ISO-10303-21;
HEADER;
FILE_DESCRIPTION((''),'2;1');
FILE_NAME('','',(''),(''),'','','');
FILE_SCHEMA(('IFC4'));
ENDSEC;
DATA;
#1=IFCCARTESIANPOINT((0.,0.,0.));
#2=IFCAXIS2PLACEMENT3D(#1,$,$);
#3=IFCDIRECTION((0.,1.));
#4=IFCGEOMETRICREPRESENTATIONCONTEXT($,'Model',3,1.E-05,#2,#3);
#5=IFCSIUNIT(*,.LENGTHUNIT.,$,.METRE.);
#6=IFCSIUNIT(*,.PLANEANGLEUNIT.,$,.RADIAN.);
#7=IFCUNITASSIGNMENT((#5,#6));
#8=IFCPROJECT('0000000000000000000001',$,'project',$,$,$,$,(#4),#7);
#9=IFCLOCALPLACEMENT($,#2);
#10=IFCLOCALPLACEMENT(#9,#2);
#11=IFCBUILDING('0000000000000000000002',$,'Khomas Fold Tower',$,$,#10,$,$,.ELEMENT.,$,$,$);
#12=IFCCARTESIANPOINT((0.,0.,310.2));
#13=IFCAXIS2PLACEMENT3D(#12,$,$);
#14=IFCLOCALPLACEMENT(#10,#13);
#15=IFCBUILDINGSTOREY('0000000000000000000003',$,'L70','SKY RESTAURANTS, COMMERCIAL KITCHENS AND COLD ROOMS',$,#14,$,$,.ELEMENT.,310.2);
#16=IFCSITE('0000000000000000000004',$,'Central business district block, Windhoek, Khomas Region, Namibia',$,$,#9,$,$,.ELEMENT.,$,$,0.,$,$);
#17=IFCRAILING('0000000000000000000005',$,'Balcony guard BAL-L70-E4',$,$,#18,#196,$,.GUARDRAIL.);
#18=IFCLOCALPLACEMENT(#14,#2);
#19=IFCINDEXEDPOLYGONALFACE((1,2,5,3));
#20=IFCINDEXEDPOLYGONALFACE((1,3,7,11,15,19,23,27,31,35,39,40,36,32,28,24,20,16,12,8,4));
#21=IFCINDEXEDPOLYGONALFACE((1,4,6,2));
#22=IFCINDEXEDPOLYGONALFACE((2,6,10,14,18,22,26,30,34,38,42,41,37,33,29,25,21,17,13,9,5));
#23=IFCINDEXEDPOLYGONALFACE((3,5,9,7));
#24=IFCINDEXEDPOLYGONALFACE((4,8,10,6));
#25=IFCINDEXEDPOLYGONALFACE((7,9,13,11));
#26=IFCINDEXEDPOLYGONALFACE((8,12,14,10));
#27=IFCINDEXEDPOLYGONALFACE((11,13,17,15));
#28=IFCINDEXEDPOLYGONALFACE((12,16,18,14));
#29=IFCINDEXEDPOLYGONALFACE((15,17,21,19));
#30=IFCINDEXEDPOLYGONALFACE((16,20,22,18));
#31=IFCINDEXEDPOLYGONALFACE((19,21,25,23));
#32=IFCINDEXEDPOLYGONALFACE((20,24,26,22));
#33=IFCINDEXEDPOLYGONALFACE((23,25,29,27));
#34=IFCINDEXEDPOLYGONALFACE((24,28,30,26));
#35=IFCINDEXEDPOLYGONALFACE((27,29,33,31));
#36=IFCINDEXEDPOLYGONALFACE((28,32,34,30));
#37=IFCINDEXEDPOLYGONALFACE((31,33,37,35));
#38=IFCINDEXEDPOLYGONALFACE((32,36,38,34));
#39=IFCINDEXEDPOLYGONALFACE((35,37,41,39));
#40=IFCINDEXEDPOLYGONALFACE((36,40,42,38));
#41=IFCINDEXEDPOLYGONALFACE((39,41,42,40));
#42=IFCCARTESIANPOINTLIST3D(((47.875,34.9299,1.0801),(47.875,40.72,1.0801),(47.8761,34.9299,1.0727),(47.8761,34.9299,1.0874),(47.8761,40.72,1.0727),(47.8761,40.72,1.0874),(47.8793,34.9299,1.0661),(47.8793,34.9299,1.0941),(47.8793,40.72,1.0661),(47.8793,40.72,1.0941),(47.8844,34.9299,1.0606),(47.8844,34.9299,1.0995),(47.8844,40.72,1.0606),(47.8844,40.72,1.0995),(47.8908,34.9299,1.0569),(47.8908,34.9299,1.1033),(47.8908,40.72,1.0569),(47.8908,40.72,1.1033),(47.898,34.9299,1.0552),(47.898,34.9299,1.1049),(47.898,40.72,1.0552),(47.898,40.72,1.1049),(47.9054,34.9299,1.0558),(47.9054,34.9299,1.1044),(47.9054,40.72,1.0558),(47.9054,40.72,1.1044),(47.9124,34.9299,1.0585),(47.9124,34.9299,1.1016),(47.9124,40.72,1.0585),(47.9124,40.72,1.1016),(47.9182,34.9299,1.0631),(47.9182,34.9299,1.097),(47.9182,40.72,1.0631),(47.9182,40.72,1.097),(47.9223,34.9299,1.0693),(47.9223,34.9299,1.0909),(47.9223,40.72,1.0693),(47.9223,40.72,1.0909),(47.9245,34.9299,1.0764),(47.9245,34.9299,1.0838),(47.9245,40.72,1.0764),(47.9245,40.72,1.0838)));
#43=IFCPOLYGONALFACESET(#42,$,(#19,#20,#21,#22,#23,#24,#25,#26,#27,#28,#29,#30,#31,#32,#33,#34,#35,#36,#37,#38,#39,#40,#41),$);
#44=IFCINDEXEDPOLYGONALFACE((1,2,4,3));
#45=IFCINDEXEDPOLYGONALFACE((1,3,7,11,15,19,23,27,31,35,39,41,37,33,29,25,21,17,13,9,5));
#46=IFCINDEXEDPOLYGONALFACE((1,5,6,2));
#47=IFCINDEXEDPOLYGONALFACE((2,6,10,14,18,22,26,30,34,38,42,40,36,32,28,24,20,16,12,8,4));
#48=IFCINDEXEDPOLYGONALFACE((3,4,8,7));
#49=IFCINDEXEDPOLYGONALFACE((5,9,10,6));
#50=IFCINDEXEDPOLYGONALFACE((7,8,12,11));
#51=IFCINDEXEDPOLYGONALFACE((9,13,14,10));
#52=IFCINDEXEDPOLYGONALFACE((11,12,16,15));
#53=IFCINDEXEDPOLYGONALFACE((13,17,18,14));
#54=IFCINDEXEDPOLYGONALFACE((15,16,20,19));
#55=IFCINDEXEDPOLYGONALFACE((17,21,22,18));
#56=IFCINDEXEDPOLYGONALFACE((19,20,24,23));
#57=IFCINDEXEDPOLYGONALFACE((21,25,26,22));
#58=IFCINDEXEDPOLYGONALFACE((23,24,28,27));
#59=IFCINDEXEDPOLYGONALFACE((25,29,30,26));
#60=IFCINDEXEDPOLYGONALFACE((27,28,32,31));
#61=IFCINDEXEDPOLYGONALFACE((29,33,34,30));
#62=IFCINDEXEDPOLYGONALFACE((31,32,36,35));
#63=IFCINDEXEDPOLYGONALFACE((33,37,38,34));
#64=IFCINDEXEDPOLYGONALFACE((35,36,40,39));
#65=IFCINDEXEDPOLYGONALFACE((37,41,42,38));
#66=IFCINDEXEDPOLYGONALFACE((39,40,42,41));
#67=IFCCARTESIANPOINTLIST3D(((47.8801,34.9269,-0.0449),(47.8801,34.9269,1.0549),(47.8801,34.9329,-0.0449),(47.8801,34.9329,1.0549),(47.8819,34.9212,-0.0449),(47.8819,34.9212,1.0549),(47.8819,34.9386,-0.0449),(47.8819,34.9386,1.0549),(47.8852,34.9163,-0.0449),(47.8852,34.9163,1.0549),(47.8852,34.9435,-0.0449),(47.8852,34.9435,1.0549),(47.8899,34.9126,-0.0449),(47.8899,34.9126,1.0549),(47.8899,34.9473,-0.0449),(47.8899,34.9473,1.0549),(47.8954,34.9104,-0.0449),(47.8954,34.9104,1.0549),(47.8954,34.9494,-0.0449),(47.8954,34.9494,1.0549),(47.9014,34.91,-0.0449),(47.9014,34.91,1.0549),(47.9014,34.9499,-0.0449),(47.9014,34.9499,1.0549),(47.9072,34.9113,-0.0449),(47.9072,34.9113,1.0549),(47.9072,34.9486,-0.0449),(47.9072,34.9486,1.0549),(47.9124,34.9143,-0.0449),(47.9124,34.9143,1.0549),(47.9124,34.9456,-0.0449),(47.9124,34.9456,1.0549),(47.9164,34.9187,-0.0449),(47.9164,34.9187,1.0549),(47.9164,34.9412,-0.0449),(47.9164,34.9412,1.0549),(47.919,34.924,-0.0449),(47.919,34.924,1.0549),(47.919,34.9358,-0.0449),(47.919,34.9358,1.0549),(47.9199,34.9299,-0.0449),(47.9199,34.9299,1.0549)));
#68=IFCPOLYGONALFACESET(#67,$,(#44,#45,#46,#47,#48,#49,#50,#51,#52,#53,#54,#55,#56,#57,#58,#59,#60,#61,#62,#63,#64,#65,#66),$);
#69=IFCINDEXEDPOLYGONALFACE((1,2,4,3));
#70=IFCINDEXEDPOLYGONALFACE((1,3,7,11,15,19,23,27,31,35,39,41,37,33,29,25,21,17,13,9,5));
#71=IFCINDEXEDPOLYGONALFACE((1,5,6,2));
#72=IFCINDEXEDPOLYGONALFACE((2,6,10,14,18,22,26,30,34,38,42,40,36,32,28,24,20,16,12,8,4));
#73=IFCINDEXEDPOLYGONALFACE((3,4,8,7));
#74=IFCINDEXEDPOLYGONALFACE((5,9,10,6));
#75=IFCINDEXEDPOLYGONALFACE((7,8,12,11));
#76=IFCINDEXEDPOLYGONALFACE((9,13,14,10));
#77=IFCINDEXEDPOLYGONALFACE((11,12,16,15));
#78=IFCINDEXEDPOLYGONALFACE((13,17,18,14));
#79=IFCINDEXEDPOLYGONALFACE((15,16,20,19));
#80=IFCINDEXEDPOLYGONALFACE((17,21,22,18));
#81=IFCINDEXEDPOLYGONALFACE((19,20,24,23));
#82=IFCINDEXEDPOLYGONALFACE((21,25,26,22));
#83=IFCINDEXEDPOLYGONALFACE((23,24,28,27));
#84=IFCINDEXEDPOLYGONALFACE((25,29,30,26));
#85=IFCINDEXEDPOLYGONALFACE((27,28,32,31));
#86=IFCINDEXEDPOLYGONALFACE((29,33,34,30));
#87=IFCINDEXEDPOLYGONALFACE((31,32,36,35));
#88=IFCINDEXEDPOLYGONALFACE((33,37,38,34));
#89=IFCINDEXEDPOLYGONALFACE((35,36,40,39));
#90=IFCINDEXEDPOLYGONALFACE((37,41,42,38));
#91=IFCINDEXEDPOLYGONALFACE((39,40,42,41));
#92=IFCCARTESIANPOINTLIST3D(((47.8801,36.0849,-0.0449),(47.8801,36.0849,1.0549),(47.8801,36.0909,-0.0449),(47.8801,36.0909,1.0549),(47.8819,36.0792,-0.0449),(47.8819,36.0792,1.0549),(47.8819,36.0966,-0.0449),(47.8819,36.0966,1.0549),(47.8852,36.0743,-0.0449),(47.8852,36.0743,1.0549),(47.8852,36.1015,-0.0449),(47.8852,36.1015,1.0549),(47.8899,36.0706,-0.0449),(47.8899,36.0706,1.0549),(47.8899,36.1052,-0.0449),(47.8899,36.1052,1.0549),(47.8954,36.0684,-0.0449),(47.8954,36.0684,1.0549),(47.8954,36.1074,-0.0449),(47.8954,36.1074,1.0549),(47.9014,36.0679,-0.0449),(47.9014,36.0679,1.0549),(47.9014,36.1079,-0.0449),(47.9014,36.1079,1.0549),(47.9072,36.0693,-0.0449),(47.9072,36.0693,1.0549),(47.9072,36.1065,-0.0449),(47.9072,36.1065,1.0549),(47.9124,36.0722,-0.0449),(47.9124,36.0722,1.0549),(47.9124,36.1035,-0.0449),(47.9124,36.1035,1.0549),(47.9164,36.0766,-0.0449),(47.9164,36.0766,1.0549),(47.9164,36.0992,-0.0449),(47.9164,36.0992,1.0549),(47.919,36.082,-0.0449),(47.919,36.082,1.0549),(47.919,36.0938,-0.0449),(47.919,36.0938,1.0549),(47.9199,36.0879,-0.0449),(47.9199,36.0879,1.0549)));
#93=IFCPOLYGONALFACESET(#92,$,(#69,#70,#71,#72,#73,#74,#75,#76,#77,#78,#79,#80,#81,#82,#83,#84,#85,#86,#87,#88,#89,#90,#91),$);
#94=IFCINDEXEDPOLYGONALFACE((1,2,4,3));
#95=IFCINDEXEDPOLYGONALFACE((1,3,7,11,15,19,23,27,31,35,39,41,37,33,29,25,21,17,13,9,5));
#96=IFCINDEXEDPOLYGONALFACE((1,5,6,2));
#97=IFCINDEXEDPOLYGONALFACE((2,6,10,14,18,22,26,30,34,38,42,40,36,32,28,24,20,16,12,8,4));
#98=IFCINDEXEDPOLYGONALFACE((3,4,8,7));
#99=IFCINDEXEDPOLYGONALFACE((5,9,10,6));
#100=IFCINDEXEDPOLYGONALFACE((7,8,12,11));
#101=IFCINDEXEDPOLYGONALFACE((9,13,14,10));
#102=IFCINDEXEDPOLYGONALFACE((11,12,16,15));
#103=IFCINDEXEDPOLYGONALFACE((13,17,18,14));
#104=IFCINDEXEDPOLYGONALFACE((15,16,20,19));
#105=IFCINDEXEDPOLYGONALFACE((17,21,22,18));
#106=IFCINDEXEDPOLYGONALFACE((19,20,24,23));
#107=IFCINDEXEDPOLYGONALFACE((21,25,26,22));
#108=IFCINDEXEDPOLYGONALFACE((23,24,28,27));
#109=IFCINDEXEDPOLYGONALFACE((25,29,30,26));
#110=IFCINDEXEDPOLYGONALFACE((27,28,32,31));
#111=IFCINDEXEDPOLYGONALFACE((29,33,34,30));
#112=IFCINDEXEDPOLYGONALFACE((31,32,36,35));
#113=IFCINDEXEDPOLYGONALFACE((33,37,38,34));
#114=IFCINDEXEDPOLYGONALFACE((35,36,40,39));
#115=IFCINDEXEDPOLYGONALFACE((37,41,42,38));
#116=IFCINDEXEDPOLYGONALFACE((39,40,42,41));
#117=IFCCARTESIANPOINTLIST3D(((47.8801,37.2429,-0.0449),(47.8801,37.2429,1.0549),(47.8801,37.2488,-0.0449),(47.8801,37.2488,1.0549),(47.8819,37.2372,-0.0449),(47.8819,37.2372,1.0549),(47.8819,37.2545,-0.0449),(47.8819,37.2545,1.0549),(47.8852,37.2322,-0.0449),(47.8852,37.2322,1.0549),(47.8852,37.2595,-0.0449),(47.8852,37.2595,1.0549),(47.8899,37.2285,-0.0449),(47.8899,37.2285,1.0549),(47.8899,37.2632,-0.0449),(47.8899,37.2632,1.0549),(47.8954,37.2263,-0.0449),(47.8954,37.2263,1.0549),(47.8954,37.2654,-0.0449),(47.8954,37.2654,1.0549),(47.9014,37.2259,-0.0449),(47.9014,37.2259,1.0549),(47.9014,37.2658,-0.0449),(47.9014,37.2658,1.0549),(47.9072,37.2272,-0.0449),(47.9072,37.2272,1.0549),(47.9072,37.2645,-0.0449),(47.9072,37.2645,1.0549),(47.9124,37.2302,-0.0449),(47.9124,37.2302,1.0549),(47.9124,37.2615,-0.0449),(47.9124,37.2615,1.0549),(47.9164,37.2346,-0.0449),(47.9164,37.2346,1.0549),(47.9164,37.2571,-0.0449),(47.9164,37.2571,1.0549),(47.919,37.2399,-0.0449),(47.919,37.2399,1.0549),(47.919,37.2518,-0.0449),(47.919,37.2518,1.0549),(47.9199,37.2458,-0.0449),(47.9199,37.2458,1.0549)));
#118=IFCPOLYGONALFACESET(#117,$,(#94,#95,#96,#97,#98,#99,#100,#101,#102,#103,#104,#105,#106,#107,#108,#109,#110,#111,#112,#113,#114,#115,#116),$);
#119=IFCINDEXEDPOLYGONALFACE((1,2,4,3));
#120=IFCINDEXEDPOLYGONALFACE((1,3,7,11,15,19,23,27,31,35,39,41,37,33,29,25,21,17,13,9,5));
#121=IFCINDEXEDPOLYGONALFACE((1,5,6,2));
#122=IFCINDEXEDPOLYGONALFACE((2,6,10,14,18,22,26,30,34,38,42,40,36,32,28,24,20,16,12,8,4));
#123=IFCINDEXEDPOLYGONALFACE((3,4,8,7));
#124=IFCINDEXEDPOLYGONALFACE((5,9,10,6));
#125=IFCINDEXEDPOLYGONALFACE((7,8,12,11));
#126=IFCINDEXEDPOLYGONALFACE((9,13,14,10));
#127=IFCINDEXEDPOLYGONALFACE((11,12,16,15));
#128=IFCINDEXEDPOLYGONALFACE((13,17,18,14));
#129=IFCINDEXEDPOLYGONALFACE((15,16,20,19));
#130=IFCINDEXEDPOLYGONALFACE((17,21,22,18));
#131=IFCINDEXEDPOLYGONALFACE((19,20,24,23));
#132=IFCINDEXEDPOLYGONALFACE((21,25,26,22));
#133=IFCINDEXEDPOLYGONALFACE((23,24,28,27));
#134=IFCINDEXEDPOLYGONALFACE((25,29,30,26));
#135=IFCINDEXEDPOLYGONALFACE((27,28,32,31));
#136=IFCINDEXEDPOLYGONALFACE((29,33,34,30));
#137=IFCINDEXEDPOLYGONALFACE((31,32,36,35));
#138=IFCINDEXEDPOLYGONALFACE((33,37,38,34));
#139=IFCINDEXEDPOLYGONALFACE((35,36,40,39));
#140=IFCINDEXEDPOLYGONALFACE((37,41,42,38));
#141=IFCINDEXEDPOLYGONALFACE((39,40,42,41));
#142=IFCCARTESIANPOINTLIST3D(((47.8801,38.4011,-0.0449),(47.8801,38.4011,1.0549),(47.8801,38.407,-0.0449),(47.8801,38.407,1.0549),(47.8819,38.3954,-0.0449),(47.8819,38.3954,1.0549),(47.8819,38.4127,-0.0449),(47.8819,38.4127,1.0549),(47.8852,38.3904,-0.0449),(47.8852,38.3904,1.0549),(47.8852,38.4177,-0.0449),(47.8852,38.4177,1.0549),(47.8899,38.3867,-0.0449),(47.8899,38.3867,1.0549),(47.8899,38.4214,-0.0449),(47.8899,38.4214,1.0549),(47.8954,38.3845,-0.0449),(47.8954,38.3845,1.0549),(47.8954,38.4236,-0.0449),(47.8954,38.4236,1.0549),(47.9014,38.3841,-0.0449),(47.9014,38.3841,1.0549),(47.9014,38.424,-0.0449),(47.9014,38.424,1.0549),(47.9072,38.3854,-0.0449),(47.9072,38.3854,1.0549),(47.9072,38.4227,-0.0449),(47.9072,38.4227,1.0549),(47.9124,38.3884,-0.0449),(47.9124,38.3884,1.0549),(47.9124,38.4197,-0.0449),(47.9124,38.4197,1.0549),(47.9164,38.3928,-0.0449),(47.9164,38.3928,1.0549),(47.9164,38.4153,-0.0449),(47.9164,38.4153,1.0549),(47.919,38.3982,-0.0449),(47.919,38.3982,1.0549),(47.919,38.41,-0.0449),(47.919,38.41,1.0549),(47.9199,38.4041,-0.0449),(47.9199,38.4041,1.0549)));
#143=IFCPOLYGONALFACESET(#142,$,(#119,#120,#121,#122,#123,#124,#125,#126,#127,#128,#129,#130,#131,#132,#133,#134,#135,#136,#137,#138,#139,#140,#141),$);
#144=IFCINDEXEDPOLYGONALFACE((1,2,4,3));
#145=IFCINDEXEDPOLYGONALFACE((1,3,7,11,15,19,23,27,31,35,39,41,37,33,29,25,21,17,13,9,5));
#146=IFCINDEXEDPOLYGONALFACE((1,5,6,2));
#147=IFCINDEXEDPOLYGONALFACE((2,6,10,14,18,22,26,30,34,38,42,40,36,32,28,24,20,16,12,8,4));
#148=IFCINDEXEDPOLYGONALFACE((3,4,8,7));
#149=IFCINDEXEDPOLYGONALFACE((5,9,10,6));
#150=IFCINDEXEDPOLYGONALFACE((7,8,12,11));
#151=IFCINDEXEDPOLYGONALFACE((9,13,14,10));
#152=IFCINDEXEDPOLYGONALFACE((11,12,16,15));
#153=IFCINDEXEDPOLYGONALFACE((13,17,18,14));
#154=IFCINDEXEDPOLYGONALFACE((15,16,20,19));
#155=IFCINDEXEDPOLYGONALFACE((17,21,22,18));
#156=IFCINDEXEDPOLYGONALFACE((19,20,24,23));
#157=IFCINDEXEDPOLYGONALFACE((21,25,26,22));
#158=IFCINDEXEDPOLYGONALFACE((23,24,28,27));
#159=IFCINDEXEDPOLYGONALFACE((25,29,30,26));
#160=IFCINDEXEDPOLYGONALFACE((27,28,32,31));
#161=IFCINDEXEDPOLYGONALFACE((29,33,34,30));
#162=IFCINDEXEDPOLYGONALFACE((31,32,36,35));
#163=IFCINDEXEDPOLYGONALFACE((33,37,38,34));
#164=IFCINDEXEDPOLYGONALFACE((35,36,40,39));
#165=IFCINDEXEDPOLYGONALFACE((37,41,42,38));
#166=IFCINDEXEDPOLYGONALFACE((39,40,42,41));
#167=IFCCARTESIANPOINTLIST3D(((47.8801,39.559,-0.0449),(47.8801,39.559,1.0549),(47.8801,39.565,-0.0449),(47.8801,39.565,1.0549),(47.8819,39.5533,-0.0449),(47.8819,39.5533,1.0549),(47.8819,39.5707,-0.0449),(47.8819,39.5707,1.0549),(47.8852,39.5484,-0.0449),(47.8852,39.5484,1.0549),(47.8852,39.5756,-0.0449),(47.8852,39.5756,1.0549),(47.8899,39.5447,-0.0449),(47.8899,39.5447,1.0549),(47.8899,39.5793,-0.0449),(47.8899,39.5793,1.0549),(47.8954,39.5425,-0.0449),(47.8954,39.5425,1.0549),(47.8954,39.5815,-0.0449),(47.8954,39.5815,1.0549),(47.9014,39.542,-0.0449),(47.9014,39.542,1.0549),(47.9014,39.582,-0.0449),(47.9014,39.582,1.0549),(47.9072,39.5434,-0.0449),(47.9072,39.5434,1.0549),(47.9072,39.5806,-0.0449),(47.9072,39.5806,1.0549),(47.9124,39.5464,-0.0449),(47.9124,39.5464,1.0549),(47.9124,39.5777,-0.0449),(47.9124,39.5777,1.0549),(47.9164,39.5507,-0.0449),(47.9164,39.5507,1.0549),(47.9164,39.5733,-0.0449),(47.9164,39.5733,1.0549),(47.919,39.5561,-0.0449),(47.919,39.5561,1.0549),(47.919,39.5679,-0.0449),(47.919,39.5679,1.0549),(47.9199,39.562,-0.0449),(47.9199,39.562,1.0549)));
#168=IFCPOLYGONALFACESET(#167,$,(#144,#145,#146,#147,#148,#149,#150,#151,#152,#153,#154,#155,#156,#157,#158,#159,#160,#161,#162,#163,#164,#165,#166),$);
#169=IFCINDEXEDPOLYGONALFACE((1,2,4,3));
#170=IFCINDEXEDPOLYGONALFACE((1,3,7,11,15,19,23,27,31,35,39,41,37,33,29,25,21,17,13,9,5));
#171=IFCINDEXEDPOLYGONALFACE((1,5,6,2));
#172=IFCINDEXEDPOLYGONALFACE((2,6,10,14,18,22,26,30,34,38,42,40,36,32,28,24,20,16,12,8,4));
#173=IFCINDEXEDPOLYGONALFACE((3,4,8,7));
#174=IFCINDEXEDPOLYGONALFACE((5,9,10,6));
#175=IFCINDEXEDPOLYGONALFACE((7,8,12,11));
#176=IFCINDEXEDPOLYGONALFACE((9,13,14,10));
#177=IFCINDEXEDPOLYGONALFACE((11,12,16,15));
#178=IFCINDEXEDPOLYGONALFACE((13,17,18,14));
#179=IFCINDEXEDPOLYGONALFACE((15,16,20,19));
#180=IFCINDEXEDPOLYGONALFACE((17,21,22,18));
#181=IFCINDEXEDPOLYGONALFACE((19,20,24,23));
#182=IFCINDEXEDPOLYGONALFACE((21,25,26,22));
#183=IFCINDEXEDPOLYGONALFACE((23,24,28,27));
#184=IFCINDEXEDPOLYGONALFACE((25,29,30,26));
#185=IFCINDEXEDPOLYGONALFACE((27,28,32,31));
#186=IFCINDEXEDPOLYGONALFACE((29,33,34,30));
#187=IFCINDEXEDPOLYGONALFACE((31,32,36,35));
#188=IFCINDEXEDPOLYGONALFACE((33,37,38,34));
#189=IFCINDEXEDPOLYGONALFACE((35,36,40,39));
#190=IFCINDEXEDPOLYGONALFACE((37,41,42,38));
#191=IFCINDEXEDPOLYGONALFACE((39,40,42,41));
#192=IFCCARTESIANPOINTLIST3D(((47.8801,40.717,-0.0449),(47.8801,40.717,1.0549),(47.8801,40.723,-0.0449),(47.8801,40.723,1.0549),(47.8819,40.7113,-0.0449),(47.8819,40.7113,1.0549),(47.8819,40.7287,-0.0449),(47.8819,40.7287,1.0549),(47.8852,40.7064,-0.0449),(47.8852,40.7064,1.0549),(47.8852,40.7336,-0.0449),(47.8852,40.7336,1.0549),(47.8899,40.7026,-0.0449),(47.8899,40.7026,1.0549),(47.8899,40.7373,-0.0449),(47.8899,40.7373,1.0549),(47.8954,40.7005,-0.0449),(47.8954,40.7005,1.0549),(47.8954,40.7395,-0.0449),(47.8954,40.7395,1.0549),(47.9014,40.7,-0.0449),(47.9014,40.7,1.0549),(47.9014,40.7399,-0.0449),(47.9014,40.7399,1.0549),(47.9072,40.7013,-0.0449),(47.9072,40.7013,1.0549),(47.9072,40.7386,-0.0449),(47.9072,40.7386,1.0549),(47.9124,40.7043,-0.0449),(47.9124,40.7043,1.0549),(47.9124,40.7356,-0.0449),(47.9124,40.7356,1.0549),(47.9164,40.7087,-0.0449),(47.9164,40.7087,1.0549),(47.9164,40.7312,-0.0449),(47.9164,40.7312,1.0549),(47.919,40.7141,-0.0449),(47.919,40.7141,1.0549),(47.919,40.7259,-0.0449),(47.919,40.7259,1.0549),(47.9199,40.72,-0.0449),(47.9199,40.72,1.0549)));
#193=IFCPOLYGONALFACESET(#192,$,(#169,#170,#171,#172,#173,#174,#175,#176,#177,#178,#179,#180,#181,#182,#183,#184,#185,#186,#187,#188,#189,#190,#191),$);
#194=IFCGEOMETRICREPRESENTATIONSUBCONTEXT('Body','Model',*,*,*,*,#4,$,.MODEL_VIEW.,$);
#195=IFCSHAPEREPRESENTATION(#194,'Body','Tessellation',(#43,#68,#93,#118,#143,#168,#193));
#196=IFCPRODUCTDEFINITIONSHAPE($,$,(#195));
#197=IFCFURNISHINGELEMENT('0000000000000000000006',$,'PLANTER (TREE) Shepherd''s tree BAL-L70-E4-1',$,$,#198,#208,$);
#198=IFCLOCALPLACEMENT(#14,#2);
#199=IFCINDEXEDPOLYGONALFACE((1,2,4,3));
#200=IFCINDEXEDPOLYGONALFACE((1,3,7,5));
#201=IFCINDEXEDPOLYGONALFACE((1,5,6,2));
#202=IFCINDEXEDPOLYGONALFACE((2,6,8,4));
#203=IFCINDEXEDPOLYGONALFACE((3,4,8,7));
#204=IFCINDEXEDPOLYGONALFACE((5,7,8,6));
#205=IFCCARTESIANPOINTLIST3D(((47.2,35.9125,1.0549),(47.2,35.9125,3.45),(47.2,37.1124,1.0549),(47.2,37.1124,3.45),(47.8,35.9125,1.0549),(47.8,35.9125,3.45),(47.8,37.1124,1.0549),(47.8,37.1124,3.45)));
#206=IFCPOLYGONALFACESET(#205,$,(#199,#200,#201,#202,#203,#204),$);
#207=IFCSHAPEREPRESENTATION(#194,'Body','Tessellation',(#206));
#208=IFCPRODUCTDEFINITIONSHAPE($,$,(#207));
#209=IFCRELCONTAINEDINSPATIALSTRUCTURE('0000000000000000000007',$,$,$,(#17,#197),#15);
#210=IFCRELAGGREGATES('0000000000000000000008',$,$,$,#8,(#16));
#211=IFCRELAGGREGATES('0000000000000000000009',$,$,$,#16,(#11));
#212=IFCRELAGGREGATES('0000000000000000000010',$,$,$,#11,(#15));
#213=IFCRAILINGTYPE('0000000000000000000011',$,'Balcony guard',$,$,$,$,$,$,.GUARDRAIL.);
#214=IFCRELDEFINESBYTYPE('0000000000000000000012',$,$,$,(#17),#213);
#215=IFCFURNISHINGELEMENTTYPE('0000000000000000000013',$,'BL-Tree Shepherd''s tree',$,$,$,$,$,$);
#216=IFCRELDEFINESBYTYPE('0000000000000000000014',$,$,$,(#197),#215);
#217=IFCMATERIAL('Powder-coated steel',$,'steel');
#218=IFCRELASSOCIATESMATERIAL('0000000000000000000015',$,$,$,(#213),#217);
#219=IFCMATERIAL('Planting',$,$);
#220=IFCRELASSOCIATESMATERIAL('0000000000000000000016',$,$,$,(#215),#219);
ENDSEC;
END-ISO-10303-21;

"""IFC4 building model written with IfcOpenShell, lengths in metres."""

from ifc_helpers import new_model, si_unit, direction, frame, origin, origin_2d, place, context, subcontext, project, spatial, rectangle, circle, extrude, source, transform, mapped, material, type_object, element, save


model = new_model("IFC4")

# Units and contexts
model_context = context("Model", 3, precision=1e-05, world=origin(), true_north=direction((0.0, 1.0)))
body_context = subcontext(model_context, "Body", "Model", "MODEL_VIEW")
ifc_project = project(units=[si_unit("LENGTHUNIT", "METRE"), si_unit("PLANEANGLEUNIT", "RADIAN")], contexts=[model_context])

# Site, building, storey
site_placement = place(None, origin())
site = spatial("IfcSite", under=ifc_project, at=site_placement, Name="Central business district block, Windhoek, Khomas Region, Namibia", CompositionType="ELEMENT", RefElevation=0.0)
building_placement = place(site_placement, origin())
building = spatial("IfcBuilding", under=site, at=building_placement, Name="Khomas Fold Tower", CompositionType="ELEMENT")
storey_placement = place(building_placement, frame((0.0, 0.0, 310.2)))
storey = spatial("IfcBuildingStorey", under=building, at=storey_placement, Name="L70", Description="SKY RESTAURANTS, COMMERCIAL KITCHENS AND COLD ROOMS", CompositionType="ELEMENT", Elevation=310.2)

# Railing
ifc_material_1 = material(Name="Powder-coated steel", Category="steel")
railing_type = type_object("IfcRailingType", Name="Balcony guard", PredefinedType="GUARDRAIL", material=ifc_material_1)
shared_shape_1 = source(origin(), body_context, "Body", "SweptSolid", [
    extrude(circle(Radius=0.0249, at=origin_2d()), frame((0.0, 0.0, 1.125), z_axis=(0.0, 1.0, 0.0), x_axis=(-1.0, 0.0, 0.0)), (0.0, 0.0, 1.0), 5.79),
    extrude(circle(Radius=0.02, at=origin_2d()), origin(), (0.0, 0.0, 1.0), 1.0999),
    extrude(circle(Radius=0.02, at=origin_2d()), frame((0.0, 1.158, 0.0)), (0.0, 0.0, 1.0), 1.0999),
    extrude(circle(Radius=0.02, at=origin_2d()), frame((0.0, 2.3159, 0.0)), (0.0, 0.0, 1.0), 1.0999),
    extrude(circle(Radius=0.02, at=origin_2d()), frame((0.0, 3.4741, 0.0)), (0.0, 0.0, 1.0), 1.0999),
    extrude(circle(Radius=0.02, at=origin_2d()), frame((0.0, 4.6321, 0.0)), (0.0, 0.0, 1.0), 1.0999),
    extrude(circle(Radius=0.02, at=origin_2d()), frame((0.0, 5.79, 0.0)), (0.0, 0.0, 1.0), 1.0999),
])
railing_placement = place(storey_placement, frame((47.8999, 34.9299, -0.0449)))
element("IfcRailing", 1, at=railing_placement, inside=storey, type_object=railing_type, Name="Balcony guard BAL-L70-E4", PredefinedType="GUARDRAIL", context=body_context, shape_type="MappedRepresentation", body=[
    mapped(shared_shape_1, transform((0.0, 0.0, 0.0))),
])

# Furnishing element
ifc_material_2 = material(Name="Planting")
furnishing_element_type_1 = type_object("IfcFurnishingElementType", Name="BL-Tree Shepherd's tree", material=ifc_material_2)
shared_shape_2 = source(origin(), body_context, "Body", "SweptSolid", [
    extrude(rectangle(XDim=1.2, YDim=0.6001, at=origin_2d()), origin(), (0.0, 0.0, 1.0), 2.395),
])
furnishing_1_placement = place(storey_placement, frame((47.5, 36.5125, 1.0549), z_axis=(0.0, 0.0, 1.0), x_axis=(0.0, 1.0, 0.0)))
element("IfcFurnishingElement", 2, at=furnishing_1_placement, inside=storey, type_object=furnishing_element_type_1, Name="PLANTER (TREE) Shepherd's tree BAL-L70-E4-1", context=body_context, shape_type="MappedRepresentation", body=[
    mapped(shared_shape_2, transform((0.0, 0.0, 0.0))),
])

save(model, "model.ifc")
